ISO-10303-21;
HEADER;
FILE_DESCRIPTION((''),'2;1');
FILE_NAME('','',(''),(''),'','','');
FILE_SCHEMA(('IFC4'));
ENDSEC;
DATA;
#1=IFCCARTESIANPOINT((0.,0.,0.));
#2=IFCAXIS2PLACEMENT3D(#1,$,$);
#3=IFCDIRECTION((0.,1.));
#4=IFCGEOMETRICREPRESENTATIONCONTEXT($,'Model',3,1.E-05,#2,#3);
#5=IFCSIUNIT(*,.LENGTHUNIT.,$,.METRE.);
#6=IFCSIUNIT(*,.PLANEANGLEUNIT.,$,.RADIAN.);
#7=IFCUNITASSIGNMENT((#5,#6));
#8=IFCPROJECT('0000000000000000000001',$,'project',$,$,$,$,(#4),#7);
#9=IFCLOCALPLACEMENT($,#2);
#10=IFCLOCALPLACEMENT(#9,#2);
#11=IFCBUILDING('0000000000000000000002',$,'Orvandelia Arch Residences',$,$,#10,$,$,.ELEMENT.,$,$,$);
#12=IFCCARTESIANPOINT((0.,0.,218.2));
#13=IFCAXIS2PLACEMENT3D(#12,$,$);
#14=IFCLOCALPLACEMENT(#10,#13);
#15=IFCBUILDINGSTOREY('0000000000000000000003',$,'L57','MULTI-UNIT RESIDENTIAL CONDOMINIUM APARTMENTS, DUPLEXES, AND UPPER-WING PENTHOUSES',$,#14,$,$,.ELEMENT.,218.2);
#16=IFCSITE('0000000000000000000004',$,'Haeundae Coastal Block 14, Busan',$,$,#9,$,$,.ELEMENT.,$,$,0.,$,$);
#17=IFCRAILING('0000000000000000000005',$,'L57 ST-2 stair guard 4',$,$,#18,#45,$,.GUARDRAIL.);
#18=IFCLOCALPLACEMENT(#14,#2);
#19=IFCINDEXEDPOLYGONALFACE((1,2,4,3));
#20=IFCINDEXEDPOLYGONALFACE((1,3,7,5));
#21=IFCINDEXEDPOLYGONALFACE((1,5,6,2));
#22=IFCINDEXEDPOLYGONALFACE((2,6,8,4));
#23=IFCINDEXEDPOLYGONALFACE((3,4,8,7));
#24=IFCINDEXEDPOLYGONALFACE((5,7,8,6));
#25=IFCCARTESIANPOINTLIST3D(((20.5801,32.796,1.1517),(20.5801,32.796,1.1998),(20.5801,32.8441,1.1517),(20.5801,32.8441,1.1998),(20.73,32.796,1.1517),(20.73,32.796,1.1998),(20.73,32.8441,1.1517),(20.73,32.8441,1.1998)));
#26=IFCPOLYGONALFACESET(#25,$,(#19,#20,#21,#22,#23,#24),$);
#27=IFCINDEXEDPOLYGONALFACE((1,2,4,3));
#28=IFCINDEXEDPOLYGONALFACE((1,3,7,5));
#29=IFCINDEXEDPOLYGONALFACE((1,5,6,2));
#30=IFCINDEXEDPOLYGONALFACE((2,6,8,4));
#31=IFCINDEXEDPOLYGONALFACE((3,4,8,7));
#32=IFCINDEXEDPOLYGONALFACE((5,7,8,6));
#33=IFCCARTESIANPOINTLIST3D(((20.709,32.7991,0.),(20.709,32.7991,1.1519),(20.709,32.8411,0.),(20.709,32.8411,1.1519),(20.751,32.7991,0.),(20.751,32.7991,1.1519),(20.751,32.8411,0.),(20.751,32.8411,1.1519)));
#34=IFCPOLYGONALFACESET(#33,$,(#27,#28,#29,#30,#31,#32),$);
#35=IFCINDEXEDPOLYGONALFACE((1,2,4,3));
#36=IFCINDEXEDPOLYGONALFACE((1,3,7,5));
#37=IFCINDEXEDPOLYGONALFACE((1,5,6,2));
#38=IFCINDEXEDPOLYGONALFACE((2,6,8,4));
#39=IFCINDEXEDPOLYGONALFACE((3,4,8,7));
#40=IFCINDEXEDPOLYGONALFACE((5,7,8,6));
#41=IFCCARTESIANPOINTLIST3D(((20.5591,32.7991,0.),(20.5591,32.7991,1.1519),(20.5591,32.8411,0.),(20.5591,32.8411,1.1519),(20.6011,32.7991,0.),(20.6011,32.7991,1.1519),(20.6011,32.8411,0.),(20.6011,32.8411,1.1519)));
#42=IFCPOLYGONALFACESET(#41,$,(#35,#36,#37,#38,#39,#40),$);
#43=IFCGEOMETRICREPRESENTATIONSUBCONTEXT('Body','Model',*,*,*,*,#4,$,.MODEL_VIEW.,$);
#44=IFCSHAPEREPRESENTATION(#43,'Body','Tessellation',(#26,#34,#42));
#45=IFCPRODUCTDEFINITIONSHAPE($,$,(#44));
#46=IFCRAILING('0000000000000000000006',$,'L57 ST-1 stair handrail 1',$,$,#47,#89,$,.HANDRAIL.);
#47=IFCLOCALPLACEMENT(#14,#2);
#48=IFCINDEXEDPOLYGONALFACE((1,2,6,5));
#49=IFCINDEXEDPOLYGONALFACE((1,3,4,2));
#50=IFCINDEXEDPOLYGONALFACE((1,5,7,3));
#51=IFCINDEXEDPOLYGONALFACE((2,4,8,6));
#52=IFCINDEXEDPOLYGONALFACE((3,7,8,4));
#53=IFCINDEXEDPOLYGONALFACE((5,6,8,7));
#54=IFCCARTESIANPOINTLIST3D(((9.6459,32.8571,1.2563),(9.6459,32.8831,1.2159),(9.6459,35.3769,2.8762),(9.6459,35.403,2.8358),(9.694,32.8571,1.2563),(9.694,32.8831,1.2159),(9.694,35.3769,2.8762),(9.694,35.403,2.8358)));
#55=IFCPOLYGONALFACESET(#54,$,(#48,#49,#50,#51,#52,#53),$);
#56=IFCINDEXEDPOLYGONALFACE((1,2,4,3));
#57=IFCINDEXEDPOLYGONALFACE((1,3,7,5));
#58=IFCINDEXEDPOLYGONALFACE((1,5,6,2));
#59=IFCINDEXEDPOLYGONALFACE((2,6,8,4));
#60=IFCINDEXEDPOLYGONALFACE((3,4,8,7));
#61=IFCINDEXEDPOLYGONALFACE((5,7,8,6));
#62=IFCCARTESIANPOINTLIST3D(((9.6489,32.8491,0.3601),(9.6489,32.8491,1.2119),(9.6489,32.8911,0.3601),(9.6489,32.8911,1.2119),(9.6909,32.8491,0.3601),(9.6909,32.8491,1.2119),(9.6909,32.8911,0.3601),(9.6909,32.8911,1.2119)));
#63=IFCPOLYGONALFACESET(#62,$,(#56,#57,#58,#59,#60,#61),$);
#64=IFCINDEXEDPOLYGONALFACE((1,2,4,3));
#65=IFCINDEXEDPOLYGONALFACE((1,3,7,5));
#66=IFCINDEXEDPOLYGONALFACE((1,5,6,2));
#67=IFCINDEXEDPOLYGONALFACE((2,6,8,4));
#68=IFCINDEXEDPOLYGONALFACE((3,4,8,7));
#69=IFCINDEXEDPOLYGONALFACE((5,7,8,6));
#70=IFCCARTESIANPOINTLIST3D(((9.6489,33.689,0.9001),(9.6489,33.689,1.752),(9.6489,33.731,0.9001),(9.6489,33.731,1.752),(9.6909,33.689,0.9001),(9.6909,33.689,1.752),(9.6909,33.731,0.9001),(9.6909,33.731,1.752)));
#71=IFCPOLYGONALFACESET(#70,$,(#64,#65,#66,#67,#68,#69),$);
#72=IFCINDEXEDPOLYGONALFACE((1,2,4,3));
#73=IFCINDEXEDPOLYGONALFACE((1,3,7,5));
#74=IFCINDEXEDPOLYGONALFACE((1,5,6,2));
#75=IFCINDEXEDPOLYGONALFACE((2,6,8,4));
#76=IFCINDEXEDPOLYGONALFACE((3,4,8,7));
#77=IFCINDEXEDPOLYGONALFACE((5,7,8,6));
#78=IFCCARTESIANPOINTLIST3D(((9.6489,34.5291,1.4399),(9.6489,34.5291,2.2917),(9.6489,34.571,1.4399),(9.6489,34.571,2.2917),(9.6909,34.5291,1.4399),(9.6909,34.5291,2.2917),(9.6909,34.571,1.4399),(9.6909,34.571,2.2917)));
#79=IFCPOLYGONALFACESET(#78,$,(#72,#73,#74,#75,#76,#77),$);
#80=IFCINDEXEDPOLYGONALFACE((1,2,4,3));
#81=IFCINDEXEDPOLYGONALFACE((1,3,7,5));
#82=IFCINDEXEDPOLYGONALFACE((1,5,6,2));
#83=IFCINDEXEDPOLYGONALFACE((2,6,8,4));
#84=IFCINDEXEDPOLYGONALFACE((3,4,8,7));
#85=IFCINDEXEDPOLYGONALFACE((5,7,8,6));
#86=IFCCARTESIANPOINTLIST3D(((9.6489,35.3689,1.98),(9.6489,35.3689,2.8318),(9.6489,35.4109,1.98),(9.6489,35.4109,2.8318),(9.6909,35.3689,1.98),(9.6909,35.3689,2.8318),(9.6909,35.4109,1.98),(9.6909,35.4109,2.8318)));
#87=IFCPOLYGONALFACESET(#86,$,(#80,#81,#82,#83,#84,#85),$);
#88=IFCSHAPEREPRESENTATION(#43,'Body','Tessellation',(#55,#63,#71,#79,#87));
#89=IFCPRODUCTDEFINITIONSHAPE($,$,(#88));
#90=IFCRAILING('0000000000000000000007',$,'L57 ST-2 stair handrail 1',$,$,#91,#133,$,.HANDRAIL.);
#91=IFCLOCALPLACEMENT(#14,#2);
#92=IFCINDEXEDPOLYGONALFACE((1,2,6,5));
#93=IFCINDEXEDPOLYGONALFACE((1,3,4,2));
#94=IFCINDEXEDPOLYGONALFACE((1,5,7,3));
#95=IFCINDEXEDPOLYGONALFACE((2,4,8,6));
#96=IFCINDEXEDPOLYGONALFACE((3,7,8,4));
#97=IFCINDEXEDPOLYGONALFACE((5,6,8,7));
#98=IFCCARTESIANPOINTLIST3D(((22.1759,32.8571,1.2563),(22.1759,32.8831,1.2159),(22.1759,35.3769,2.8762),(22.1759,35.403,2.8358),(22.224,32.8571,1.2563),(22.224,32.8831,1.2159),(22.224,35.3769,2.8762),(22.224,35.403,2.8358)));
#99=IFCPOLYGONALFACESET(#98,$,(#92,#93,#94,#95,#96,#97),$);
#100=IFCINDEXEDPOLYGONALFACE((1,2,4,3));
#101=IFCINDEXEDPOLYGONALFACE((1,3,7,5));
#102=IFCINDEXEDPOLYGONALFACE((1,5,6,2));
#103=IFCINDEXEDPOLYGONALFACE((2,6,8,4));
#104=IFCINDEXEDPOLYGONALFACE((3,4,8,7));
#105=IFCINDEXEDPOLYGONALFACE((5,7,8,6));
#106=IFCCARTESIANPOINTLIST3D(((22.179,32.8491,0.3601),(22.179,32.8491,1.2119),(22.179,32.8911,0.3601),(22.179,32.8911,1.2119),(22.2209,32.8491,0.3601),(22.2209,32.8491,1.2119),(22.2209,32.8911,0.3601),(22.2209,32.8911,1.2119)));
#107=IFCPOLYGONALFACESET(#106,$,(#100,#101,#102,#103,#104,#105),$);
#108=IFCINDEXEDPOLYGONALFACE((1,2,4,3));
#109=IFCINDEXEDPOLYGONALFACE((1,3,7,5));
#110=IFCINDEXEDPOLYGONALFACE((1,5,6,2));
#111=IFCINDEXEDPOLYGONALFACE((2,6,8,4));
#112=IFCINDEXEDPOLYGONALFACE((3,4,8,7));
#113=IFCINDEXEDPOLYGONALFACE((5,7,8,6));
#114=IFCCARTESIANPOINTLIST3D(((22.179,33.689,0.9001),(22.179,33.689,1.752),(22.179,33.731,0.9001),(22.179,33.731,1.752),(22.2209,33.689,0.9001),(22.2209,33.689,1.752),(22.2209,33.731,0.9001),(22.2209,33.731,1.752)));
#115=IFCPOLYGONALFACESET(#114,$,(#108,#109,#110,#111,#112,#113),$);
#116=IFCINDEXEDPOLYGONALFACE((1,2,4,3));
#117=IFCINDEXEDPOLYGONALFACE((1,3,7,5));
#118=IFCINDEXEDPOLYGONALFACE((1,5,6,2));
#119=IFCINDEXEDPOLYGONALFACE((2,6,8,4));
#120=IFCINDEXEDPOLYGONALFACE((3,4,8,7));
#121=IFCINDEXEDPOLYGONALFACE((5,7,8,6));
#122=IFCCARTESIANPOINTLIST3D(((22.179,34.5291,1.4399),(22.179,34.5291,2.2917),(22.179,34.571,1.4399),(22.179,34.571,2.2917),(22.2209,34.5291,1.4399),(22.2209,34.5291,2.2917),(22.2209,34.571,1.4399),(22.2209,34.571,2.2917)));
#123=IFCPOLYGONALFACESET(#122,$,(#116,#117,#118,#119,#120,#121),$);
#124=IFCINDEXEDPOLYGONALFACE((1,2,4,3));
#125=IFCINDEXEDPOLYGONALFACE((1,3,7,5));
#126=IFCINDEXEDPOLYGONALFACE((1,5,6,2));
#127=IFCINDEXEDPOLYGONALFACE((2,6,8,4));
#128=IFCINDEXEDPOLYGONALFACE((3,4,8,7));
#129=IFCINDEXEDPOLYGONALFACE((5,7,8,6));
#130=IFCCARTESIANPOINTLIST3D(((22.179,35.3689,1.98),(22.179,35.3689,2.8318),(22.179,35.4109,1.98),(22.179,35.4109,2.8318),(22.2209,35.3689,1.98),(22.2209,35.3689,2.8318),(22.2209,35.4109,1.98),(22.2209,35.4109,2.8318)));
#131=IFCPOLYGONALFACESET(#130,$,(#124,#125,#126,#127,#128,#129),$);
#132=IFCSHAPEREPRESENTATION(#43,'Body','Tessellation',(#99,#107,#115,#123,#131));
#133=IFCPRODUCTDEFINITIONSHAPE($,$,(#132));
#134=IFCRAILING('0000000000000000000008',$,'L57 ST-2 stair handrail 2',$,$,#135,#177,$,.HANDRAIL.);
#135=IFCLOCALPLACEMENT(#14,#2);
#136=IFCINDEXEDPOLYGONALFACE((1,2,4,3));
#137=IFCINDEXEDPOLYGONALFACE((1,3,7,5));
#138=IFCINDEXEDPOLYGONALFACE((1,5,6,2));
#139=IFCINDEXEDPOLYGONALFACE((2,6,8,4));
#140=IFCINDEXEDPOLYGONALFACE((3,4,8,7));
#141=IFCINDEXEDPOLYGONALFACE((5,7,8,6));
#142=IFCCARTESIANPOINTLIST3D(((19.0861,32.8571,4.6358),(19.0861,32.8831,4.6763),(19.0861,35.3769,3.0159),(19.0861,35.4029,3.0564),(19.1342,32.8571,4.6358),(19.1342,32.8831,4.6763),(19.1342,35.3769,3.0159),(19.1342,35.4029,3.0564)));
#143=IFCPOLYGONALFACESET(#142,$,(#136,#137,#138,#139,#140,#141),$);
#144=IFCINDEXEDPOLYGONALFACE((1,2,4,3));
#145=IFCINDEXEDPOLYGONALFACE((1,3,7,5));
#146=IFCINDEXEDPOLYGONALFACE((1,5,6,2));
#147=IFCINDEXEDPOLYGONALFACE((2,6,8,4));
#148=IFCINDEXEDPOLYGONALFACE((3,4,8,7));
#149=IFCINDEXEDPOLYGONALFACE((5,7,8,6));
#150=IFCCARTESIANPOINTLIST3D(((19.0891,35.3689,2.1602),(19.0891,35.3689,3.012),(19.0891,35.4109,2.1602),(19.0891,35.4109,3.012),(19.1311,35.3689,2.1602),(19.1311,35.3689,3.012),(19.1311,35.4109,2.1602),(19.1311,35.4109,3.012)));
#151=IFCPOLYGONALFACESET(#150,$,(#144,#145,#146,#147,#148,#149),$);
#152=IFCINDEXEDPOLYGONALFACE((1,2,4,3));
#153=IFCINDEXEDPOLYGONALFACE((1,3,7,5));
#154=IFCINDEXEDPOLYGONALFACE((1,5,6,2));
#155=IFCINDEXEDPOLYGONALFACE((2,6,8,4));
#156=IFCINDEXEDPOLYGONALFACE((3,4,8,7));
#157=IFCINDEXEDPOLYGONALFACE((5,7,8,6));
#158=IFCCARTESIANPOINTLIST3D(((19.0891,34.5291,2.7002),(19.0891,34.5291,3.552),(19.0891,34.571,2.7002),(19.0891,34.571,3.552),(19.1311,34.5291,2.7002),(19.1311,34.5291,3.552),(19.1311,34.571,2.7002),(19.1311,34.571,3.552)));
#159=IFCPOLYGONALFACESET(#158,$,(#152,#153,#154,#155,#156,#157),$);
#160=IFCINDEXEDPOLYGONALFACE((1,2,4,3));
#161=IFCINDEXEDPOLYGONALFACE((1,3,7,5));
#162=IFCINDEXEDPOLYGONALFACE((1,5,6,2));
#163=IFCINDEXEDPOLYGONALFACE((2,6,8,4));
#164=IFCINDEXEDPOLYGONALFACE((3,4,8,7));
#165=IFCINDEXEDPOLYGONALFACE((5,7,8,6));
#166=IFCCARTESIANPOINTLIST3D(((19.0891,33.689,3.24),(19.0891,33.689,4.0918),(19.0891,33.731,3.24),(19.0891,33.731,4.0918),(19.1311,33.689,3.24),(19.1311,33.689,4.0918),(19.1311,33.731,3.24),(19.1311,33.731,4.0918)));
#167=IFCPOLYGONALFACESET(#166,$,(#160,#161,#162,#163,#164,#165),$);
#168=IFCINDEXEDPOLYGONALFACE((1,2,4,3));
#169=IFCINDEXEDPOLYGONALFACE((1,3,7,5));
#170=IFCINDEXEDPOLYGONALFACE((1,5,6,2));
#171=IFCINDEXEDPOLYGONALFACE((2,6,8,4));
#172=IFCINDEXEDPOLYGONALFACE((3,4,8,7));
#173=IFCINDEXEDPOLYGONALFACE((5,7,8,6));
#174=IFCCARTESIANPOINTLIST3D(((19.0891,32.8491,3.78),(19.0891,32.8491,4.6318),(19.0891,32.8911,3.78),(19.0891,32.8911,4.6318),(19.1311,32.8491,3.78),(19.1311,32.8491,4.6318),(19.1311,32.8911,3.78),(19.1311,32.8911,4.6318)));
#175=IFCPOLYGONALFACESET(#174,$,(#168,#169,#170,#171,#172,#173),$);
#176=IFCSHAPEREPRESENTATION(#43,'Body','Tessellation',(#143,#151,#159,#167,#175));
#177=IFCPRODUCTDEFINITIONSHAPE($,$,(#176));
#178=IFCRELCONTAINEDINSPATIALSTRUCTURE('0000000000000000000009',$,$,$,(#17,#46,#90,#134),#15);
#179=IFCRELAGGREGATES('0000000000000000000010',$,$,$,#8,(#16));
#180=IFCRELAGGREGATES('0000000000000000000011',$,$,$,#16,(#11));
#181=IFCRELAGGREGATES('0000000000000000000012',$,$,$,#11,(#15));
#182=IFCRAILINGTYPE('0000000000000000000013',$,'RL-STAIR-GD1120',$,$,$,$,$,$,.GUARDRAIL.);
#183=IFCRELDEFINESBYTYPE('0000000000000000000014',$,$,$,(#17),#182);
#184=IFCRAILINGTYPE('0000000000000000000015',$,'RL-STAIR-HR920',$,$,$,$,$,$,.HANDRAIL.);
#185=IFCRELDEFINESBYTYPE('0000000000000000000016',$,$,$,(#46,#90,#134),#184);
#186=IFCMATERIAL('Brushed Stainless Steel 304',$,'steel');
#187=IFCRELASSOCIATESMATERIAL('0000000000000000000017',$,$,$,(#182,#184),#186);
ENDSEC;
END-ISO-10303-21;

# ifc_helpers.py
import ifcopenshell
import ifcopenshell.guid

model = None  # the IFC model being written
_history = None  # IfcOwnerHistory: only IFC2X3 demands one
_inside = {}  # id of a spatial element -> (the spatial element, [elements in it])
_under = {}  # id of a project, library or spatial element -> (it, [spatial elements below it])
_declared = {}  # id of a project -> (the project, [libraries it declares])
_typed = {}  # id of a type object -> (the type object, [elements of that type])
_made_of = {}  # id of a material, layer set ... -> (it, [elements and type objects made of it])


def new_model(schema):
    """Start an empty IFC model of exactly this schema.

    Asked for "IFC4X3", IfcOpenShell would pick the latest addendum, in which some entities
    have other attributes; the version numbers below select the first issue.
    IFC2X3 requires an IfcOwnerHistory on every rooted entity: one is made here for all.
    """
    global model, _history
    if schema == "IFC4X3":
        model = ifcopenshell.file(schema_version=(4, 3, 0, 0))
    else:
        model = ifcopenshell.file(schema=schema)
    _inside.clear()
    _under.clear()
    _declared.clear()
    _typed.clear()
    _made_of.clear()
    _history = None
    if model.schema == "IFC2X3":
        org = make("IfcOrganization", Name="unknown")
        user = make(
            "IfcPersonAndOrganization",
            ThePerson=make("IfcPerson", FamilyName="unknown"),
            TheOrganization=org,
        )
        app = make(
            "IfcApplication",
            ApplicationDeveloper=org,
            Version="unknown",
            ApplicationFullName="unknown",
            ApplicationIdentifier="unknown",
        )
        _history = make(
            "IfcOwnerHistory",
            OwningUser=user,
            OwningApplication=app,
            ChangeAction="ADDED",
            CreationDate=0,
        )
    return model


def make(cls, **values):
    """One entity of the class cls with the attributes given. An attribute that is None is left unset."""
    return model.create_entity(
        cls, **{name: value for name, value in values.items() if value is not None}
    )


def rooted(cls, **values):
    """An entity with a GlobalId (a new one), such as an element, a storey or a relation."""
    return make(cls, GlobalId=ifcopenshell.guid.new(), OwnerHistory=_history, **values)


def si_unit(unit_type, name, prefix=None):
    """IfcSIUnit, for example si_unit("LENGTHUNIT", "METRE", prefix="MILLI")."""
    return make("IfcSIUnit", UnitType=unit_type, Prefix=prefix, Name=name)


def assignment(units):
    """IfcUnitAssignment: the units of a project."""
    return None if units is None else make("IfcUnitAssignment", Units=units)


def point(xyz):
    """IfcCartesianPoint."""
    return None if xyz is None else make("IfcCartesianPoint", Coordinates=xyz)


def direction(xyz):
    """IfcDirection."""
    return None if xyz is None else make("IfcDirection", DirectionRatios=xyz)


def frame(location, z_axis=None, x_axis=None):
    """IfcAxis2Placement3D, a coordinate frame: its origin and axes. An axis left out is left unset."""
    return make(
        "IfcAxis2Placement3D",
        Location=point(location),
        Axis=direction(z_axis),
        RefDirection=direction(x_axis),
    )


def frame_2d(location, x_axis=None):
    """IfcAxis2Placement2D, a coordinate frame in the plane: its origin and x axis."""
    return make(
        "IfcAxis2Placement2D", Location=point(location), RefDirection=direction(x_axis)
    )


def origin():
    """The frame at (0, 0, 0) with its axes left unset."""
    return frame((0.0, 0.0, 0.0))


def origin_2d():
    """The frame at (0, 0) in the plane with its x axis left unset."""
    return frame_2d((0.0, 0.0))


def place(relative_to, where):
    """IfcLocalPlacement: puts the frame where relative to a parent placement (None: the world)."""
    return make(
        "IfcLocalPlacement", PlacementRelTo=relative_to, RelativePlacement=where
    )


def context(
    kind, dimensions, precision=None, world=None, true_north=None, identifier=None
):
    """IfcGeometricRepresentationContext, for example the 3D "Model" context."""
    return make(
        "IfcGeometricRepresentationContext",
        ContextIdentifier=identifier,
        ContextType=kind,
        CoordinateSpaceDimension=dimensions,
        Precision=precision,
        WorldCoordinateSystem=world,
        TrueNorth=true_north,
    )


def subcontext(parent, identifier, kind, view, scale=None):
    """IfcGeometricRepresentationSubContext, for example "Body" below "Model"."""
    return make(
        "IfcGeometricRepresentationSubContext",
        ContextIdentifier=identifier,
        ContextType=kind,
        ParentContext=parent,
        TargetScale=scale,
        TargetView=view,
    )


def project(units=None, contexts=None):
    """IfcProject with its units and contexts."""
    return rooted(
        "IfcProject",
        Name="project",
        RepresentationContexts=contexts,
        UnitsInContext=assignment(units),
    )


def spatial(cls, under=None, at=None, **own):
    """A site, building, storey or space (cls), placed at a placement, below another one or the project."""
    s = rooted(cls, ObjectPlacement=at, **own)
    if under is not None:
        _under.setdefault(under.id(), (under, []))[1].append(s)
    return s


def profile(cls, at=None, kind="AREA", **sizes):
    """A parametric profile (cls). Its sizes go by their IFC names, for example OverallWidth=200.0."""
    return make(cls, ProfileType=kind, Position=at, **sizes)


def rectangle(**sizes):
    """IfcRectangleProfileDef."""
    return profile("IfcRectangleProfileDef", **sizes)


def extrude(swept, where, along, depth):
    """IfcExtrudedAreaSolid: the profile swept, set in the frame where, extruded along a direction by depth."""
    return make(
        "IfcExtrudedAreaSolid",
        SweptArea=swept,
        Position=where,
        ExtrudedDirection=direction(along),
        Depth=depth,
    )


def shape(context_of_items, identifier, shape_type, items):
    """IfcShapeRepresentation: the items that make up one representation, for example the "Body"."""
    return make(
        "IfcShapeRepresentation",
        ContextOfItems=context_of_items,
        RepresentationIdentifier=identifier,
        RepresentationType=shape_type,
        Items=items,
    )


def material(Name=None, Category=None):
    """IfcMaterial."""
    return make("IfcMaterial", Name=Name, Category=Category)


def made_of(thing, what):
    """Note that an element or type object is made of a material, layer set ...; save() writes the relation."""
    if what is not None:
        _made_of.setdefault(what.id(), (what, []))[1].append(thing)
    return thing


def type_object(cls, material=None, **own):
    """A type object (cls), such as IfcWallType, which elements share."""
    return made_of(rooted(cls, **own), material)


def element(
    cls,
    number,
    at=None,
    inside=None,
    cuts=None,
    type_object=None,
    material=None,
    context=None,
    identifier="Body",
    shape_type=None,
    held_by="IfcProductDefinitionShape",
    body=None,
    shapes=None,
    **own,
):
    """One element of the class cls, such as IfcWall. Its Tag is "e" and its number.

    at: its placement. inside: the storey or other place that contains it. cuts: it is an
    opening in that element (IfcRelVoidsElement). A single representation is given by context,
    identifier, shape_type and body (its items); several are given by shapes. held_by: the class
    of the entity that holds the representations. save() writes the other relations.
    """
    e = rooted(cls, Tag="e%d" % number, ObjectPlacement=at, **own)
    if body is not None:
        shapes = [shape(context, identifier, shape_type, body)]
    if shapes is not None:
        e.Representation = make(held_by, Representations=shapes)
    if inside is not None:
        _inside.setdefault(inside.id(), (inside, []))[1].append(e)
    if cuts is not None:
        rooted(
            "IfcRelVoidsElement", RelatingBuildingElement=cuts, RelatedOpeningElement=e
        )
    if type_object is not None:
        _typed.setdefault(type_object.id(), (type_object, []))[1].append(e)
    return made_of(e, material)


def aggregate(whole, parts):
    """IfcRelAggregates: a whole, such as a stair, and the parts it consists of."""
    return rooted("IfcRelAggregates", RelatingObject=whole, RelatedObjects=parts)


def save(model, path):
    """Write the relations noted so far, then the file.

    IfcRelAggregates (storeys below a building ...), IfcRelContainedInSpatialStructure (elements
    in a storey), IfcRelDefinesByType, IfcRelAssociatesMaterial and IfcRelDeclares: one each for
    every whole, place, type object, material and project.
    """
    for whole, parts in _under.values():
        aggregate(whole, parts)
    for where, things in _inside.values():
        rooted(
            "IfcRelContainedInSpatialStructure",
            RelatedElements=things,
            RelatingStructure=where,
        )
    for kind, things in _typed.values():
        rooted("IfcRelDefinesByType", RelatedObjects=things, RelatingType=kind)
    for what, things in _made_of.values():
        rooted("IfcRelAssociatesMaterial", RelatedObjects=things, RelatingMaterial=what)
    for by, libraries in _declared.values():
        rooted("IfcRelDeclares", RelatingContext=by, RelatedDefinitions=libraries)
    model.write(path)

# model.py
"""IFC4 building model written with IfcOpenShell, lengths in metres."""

from ifc_helpers import new_model, si_unit, direction, frame, origin, origin_2d, place, context, subcontext, project, spatial, rectangle, extrude, material, type_object, element, save


model = new_model("IFC4")

# Units and contexts
model_context = context("Model", 3, precision=1e-05, world=origin(), true_north=direction((0.0, 1.0)))
body_context = subcontext(model_context, "Body", "Model", "MODEL_VIEW")
ifc_project = project(units=[si_unit("LENGTHUNIT", "METRE"), si_unit("PLANEANGLEUNIT", "RADIAN")], contexts=[model_context])

# Site, building, storey
site_placement = place(None, origin())
site = spatial("IfcSite", under=ifc_project, at=site_placement, Name="Haeundae Coastal Block 14, Busan", CompositionType="ELEMENT", RefElevation=0.0)
building_placement = place(site_placement, origin())
building = spatial("IfcBuilding", under=site, at=building_placement, Name="Orvandelia Arch Residences", CompositionType="ELEMENT")
storey_placement = place(building_placement, frame((0.0, 0.0, 218.2)))
storey = spatial("IfcBuildingStorey", under=building, at=storey_placement, Name="L57", Description="MULTI-UNIT RESIDENTIAL CONDOMINIUM APARTMENTS, DUPLEXES, AND UPPER-WING PENTHOUSES", CompositionType="ELEMENT", Elevation=218.2)

# Railings
ifc_material_1 = material(Name="Brushed Stainless Steel 304", Category="steel")
railing_type_1 = type_object("IfcRailingType", Name="RL-STAIR-GD1120", PredefinedType="GUARDRAIL", material=ifc_material_1)
railing_1_placement = place(storey_placement, frame((20.73, 32.8201, 0.0)))
element("IfcRailing", 1, at=railing_1_placement, inside=storey, type_object=railing_type_1, Name="L57 ST-2 stair guard 4", PredefinedType="GUARDRAIL", context=body_context, shape_type="SweptSolid", body=[
    extrude(rectangle(XDim=0.0481, YDim=0.0481, at=origin_2d()), frame((0.0, 0.0, 1.1758), z_axis=(-1.0, 0.0, 0.0), x_axis=(0.0, -1.0, 0.0)), (0.0, 0.0, 1.0), 0.1499),
    extrude(rectangle(XDim=0.042, YDim=0.042, at=origin_2d()), origin(), (0.0, 0.0, 1.0), 1.1519),
    extrude(rectangle(XDim=0.042, YDim=0.042, at=origin_2d()), frame((-0.1499, 0.0, 0.0)), (0.0, 0.0, 1.0), 1.1519),
])
railing_type_2 = type_object("IfcRailingType", Name="RL-STAIR-HR920", PredefinedType="HANDRAIL", material=ifc_material_1)
for number, where, name in (
    (2, (9.6699, 32.8701, 0.3601), "L57 ST-1 stair handrail 1"),
    (3, (22.2, 32.8701, 0.3601), "L57 ST-2 stair handrail 1"),
):
    element("IfcRailing", number, at=place(storey_placement, frame(where)), inside=storey, type_object=railing_type_2, Name=name, PredefinedType="HANDRAIL", context=body_context, shape_type="SweptSolid", body=[
        extrude(rectangle(XDim=0.0481, YDim=0.0481, at=origin_2d()), frame((0.0, 0.0, 0.876), z_axis=(0.0, 0.841176, 0.540762), x_axis=(-1.0, 0.0, 0.0)), (0.0, 0.0, 1.0), 2.9956),
        extrude(rectangle(XDim=0.042, YDim=0.042, at=origin_2d()), origin(), (0.0, 0.0, 1.0), 0.8518),
        extrude(rectangle(XDim=0.042, YDim=0.042, at=origin_2d()), frame((0.0, 0.8398, 0.54)), (0.0, 0.0, 1.0), 0.8518),
        extrude(rectangle(XDim=0.042, YDim=0.042, at=origin_2d()), frame((0.0, 1.6799, 1.0798)), (0.0, 0.0, 1.0), 0.8518),
        extrude(rectangle(XDim=0.042, YDim=0.042, at=origin_2d()), frame((0.0, 2.5198, 1.6199)), (0.0, 0.0, 1.0), 0.8518),
    ])
railing_2_placement = place(storey_placement, frame((19.1101, 35.3899, 2.1602)))
element("IfcRailing", 4, at=railing_2_placement, inside=storey, type_object=railing_type_2, Name="L57 ST-2 stair handrail 2", PredefinedType="HANDRAIL", context=body_context, shape_type="SweptSolid", body=[
    extrude(rectangle(XDim=0.0481, YDim=0.0481, at=origin_2d()), frame((0.0, 0.0, 0.876), z_axis=(0.0, -0.841176, 0.540762), x_axis=(1.0, 0.0, 0.0)), (0.0, 0.0, 1.0), 2.9956),
    extrude(rectangle(XDim=0.042, YDim=0.042, at=origin_2d()), origin(), (0.0, 0.0, 1.0), 0.8518),
    extrude(rectangle(XDim=0.042, YDim=0.042, at=origin_2d()), frame((0.0, -0.8398, 0.54)), (0.0, 0.0, 1.0), 0.8518),
    extrude(rectangle(XDim=0.042, YDim=0.042, at=origin_2d()), frame((0.0, -1.6799, 1.0798)), (0.0, 0.0, 1.0), 0.8518),
    extrude(rectangle(XDim=0.042, YDim=0.042, at=origin_2d()), frame((0.0, -2.5198, 1.6199)), (0.0, 0.0, 1.0), 0.8518),
])

save(model, "model.ifc")
